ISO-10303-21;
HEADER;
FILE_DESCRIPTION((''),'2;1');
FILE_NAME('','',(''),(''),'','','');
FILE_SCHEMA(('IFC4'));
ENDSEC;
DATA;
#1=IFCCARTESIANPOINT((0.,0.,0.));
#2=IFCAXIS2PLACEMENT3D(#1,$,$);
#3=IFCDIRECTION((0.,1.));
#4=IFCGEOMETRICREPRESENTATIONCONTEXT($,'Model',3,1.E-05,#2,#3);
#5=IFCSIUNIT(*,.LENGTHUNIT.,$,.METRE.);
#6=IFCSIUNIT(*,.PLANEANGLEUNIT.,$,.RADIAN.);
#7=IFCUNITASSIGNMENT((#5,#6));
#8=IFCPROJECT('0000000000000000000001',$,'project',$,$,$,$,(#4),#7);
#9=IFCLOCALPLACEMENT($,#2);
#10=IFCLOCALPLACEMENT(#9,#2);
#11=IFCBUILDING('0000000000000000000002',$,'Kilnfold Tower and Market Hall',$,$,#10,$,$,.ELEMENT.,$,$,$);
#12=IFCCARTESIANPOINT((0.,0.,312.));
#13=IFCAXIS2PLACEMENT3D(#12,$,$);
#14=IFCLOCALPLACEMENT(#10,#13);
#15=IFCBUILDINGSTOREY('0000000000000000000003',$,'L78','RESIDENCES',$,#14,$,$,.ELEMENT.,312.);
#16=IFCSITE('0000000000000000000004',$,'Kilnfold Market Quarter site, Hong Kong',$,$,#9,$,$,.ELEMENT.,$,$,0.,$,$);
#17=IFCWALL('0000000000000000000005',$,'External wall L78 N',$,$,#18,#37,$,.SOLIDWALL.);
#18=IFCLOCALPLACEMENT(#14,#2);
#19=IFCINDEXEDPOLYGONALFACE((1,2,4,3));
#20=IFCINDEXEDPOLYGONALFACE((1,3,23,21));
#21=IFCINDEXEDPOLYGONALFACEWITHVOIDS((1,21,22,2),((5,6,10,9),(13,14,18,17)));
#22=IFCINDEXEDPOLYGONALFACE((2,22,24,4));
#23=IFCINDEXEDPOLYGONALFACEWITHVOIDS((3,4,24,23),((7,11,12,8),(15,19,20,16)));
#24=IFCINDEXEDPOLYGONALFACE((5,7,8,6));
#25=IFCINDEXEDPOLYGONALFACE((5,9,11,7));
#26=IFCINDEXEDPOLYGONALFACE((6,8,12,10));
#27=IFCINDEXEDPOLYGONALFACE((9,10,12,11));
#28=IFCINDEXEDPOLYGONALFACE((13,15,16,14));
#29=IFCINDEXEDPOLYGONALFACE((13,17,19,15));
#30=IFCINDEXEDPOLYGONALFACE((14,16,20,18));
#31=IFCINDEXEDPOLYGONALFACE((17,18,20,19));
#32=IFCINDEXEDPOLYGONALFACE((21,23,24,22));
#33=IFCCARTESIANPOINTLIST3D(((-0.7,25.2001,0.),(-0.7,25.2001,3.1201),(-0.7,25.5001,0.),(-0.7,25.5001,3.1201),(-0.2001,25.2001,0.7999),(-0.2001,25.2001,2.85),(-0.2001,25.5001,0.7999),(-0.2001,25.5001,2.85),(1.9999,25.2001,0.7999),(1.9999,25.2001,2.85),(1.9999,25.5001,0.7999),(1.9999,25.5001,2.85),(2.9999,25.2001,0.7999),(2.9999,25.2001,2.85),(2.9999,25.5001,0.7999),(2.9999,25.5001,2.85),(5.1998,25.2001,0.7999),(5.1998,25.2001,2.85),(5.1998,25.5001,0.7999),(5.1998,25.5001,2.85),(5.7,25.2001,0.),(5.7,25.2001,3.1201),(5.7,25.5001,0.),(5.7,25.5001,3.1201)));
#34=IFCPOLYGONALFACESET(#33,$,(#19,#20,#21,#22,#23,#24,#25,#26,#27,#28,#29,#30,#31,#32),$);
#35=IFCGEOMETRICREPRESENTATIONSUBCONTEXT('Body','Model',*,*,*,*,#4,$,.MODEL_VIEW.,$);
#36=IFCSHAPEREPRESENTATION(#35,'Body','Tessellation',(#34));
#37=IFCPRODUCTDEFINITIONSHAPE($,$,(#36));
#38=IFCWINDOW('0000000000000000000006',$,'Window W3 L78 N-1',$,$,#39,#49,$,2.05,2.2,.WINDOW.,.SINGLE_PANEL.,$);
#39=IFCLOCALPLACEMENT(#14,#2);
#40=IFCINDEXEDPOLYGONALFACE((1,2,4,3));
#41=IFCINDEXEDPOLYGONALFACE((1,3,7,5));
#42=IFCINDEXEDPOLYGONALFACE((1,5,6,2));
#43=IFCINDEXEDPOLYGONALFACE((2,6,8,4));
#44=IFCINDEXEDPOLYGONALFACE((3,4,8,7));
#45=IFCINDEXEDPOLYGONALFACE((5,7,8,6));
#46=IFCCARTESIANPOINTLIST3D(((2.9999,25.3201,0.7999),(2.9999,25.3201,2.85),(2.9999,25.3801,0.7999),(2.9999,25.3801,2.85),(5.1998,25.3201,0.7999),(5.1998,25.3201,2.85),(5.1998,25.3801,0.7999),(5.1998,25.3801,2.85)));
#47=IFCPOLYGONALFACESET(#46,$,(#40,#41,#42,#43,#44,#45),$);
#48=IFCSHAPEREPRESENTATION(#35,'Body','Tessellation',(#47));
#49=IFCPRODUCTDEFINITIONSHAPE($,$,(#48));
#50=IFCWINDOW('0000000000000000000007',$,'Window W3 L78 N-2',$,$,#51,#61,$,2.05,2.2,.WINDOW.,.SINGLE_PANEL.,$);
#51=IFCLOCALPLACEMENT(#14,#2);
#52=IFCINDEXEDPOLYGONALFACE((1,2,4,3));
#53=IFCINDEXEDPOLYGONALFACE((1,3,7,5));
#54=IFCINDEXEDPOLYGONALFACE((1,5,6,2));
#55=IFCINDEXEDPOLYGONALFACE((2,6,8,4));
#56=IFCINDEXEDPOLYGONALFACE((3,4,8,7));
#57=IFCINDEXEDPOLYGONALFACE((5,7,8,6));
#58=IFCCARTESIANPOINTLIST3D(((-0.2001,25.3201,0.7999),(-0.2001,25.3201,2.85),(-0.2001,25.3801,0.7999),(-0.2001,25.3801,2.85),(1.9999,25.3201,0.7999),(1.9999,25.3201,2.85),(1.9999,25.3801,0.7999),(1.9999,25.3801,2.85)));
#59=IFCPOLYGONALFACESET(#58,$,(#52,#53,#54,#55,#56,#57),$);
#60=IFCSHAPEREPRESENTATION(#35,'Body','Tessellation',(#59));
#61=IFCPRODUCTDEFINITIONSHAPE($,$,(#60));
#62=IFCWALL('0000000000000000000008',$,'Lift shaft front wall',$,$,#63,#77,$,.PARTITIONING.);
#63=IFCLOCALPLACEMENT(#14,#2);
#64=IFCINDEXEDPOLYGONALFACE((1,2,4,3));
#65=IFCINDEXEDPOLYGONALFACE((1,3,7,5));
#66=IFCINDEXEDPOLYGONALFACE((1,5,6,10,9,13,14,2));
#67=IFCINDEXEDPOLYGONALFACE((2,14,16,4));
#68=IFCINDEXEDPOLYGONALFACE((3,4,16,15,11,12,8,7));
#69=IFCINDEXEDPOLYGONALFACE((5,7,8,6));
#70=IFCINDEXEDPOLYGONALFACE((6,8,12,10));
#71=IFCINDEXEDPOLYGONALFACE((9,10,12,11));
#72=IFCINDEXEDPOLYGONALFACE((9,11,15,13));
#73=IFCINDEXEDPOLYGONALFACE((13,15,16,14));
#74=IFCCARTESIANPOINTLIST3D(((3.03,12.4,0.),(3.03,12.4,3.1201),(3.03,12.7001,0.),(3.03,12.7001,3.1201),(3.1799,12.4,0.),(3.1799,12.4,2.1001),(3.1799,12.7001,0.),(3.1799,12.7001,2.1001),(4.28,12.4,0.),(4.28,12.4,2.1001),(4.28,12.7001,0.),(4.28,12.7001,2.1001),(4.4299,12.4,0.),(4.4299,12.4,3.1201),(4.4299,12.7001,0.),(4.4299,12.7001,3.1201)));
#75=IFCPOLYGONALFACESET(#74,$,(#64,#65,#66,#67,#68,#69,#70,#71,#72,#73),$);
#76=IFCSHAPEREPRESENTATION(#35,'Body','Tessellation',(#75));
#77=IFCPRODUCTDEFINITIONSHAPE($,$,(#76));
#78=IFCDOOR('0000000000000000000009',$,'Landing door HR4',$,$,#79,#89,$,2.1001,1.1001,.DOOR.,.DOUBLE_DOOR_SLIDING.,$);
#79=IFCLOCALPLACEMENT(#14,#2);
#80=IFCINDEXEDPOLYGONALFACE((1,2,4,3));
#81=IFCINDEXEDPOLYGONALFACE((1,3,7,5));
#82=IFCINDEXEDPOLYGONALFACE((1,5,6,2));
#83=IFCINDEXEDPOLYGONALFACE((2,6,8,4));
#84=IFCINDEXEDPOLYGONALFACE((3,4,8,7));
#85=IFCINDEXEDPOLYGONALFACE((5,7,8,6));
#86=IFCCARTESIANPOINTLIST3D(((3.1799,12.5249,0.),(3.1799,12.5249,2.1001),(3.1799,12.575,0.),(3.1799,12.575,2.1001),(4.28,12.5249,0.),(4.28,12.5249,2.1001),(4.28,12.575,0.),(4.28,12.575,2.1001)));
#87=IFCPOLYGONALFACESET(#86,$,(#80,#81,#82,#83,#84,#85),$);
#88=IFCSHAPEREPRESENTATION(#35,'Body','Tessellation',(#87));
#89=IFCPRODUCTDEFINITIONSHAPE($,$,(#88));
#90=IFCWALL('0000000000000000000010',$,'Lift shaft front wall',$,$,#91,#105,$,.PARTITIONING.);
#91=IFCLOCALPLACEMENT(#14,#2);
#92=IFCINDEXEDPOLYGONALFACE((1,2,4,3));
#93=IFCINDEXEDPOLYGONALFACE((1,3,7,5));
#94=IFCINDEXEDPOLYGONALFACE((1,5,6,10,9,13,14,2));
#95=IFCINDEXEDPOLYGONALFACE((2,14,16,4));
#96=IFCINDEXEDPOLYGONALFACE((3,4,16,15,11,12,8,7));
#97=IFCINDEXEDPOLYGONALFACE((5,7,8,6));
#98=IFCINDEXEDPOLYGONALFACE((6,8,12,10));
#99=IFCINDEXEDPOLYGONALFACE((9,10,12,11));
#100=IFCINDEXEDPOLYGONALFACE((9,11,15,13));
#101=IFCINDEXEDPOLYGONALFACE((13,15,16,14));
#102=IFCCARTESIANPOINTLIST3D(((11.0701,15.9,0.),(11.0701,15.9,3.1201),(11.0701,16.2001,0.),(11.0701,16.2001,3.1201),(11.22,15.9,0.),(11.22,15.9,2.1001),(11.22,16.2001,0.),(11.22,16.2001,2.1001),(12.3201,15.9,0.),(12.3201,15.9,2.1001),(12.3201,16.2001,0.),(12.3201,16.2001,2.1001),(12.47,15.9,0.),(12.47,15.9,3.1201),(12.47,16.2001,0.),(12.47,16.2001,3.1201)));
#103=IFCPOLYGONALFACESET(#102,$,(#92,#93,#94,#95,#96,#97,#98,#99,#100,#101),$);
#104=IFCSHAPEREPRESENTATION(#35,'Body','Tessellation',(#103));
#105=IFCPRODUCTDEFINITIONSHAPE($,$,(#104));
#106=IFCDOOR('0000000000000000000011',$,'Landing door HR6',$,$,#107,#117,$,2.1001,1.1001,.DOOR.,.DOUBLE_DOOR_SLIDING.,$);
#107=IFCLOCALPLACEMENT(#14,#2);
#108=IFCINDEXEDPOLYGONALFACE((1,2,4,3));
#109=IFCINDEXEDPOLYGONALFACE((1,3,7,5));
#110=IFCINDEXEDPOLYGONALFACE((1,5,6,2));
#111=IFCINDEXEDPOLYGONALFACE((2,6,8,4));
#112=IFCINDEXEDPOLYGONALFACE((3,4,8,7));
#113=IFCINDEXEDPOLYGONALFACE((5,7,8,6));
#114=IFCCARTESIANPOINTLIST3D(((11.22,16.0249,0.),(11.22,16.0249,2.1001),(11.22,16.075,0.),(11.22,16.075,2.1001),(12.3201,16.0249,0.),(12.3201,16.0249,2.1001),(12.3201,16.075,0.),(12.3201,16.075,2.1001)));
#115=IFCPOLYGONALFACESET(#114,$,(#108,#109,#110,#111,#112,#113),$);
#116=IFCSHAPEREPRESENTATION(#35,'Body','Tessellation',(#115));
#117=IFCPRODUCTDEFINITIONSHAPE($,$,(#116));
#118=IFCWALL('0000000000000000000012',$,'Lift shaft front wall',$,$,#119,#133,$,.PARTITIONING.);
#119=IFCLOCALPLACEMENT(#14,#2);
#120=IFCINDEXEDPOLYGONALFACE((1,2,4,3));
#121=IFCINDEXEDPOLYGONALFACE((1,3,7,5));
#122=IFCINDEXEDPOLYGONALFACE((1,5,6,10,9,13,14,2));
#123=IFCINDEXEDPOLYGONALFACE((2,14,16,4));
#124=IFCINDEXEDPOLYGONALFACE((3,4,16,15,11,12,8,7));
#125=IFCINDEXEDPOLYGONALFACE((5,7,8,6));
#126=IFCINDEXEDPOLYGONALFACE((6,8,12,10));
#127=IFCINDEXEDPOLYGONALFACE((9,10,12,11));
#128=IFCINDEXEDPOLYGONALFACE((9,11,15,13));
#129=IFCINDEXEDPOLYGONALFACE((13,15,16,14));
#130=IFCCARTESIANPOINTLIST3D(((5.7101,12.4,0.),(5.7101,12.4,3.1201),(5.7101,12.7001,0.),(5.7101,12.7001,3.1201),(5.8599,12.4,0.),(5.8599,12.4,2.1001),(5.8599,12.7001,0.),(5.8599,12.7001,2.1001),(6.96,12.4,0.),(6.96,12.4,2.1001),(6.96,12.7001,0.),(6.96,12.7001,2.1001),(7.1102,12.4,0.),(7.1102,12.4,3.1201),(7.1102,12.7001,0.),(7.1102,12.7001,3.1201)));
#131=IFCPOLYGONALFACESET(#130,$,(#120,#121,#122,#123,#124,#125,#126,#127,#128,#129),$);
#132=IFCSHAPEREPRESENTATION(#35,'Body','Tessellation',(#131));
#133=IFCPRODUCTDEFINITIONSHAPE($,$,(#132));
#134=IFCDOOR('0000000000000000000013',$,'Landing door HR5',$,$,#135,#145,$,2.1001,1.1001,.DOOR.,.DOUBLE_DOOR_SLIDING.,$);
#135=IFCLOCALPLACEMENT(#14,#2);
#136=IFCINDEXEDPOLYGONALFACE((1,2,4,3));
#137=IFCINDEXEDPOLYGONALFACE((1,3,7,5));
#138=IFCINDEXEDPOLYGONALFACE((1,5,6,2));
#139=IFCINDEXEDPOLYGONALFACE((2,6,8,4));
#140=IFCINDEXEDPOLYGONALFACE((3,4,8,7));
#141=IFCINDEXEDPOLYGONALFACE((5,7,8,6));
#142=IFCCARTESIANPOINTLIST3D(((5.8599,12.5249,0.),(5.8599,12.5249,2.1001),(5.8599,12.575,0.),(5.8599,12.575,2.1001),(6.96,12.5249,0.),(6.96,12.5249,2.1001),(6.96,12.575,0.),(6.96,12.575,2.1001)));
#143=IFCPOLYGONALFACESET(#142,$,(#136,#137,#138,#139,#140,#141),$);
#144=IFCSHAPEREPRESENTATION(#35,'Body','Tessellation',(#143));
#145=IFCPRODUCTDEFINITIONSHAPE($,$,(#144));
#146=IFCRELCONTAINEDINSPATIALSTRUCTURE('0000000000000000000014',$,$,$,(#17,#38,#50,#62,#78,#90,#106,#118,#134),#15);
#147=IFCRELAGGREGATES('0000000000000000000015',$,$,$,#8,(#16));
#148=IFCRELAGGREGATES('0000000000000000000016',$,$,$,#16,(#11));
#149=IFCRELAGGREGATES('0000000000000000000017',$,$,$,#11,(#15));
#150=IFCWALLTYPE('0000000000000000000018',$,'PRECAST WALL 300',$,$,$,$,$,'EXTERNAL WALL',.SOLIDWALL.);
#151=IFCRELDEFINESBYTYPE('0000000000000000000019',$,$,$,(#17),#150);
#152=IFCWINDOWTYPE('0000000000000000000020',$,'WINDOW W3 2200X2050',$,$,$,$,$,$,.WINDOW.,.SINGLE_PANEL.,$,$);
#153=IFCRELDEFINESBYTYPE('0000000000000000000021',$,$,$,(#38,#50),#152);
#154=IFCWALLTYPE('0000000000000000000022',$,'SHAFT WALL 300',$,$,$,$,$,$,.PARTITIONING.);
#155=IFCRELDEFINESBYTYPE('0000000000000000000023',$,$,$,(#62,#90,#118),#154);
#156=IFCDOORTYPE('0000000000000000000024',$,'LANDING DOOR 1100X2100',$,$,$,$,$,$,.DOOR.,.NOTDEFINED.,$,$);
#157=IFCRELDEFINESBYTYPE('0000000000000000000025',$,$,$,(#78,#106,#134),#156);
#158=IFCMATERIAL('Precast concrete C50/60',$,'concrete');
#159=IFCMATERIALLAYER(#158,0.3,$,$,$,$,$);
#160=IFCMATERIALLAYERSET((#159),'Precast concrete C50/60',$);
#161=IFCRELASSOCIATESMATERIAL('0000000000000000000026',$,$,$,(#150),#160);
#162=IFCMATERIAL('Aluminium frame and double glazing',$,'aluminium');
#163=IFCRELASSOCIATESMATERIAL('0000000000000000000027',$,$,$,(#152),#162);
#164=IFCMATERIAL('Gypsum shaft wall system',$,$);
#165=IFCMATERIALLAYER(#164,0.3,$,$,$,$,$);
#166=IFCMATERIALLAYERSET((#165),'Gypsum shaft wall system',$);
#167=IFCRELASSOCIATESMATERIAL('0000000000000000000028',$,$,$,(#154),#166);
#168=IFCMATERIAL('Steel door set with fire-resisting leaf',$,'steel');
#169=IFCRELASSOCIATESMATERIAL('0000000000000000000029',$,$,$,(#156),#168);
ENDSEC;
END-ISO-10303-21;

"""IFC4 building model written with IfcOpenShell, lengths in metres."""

from ifc_helpers import new_model, si_unit, direction, frame, frame_2d, origin, place, context, subcontext, project, spatial, rectangle, extrude, source, transform, mapped, material, layer, layer_set, type_object, element, fill, save


model = new_model("IFC4")

# Units and contexts
model_context = context("Model", 3, precision=1e-05, world=origin(), true_north=direction((0.0, 1.0)))
body_context = subcontext(model_context, "Body", "Model", "MODEL_VIEW")
ifc_project = project(units=[si_unit("LENGTHUNIT", "METRE"), si_unit("PLANEANGLEUNIT", "RADIAN")], contexts=[model_context])

# Site, building, storey
site_placement = place(None, origin())
site = spatial("IfcSite", under=ifc_project, at=site_placement, Name="Kilnfold Market Quarter site, Hong Kong", CompositionType="ELEMENT", RefElevation=0.0)
building_placement = place(site_placement, origin())
building = spatial("IfcBuilding", under=site, at=building_placement, Name="Kilnfold Tower and Market Hall", CompositionType="ELEMENT")
storey_placement = place(building_placement, frame((0.0, 0.0, 312.0)))
storey = spatial("IfcBuildingStorey", under=building, at=storey_placement, Name="L78", Description="RESIDENCES", CompositionType="ELEMENT", Elevation=312.0)

# Wall, openings, windows
ifc_material_1 = material(Name="Precast concrete C50/60", Category="concrete")
ifc_layer_1 = layer(ifc_material_1, 0.3)
ifc_layer_set_1 = layer_set([ifc_layer_1], Name="Precast concrete C50/60")
wall_type_1 = type_object("IfcWallType", Name="PRECAST WALL 300", ElementType="EXTERNAL WALL", PredefinedType="SOLIDWALL", material=ifc_layer_set_1)
shared_shape_1 = source(origin(), body_context, "Body", "SweptSolid", [
    extrude(rectangle(XDim=6.3999, YDim=0.3, at=frame_2d((3.2, 0.0))), origin(), (0.0, 0.0, 1.0), 3.1201),
])
ifc_material_2 = material(Name="Aluminium frame and double glazing", Category="aluminium")
window_type = type_object("IfcWindowType", Name="WINDOW W3 2200X2050", PartitioningType="SINGLE_PANEL", PredefinedType="WINDOW", material=ifc_material_2)
wall_1_placement = place(storey_placement, frame((5.7, 25.3501, 0.0), z_axis=(0.0, 0.0, 1.0), x_axis=(-1.0, 0.0, 0.0)))
wall_1 = element("IfcWall", 1, at=wall_1_placement, inside=storey, type_object=wall_type_1, Name="External wall L78 N", PredefinedType="SOLIDWALL", context=body_context, shape_type="MappedRepresentation", body=[
    mapped(shared_shape_1, transform((0.0, 0.0, 0.0))),
])
opening_1_placement = place(wall_1_placement, frame((0.5, 0.0, 0.8)))
opening_1 = element("IfcOpeningElement", 2, at=opening_1_placement, cuts=wall_1, PredefinedType="OPENING", context=body_context, shape_type="SweptSolid", body=[
    extrude(rectangle(XDim=2.2, YDim=2.05, at=frame_2d((1.1001, 1.0249))), frame((0.0, 0.1602, 0.0), z_axis=(0.0, -1.0, 0.0), x_axis=(1.0, 0.0, 0.0)), (0.0, 0.0, 1.0), 0.3201),
])
opening_2_placement = place(wall_1_placement, frame((3.7, 0.0, 0.8)))
opening_2 = element("IfcOpeningElement", 3, at=opening_2_placement, cuts=wall_1, PredefinedType="OPENING", context=body_context, shape_type="SweptSolid", body=[
    extrude(rectangle(XDim=2.2, YDim=2.05, at=frame_2d((1.1001, 1.0249))), frame((0.0, 0.1602, 0.0), z_axis=(0.0, -1.0, 0.0), x_axis=(1.0, 0.0, 0.0)), (0.0, 0.0, 1.0), 0.3201),
])
window_1_placement = place(opening_1_placement, origin())
window_1 = element("IfcWindow", 4, at=window_1_placement, inside=storey, type_object=window_type, Name="Window W3 L78 N-1", OverallHeight=2.05, OverallWidth=2.2, PartitioningType="SINGLE_PANEL", PredefinedType="WINDOW", context=body_context, shape_type="SweptSolid", body=[
    extrude(rectangle(XDim=2.2, YDim=2.05, at=frame_2d((1.1001, 1.0249))), frame((0.0, 0.03, 0.0), z_axis=(0.0, -1.0, 0.0), x_axis=(1.0, 0.0, 0.0)), (0.0, 0.0, 1.0), 0.0601),
])
fill(opening_1, window_1)
window_2_placement = place(opening_2_placement, origin())
window_2 = element("IfcWindow", 5, at=window_2_placement, inside=storey, type_object=window_type, Name="Window W3 L78 N-2", OverallHeight=2.05, OverallWidth=2.2, PartitioningType="SINGLE_PANEL", PredefinedType="WINDOW", context=body_context, shape_type="SweptSolid", body=[
    extrude(rectangle(XDim=2.2, YDim=2.05, at=frame_2d((1.1001, 1.0249))), frame((0.0, 0.03, 0.0), z_axis=(0.0, -1.0, 0.0), x_axis=(1.0, 0.0, 0.0)), (0.0, 0.0, 1.0), 0.0601),
])
fill(opening_2, window_2)

# Walls, openings, doors
ifc_material_3 = material(Name="Gypsum shaft wall system")
ifc_layer_2 = layer(ifc_material_3, 0.3)
ifc_layer_set_2 = layer_set([ifc_layer_2], Name="Gypsum shaft wall system")
wall_type_2 = type_object("IfcWallType", Name="SHAFT WALL 300", PredefinedType="PARTITIONING", material=ifc_layer_set_2)
shared_shape_2 = source(origin(), body_context, "Body", "SweptSolid", [
    extrude(rectangle(XDim=1.3999, YDim=0.3, at=frame_2d((0.7, 0.0))), origin(), (0.0, 0.0, 1.0), 3.1201),
])
wall_2_placement = place(storey_placement, frame((3.03, 12.55, 0.0), z_axis=(0.0, 0.0, 1.0), x_axis=(1.0, 0.0, 0.0)))
wall_2 = element("IfcWall", 6, at=wall_2_placement, inside=storey, type_object=wall_type_2, Name="Lift shaft front wall", PredefinedType="PARTITIONING", context=body_context, shape_type="MappedRepresentation", body=[
    mapped(shared_shape_2, transform((0.0, 0.0, 0.0))),
])
opening_3_placement = place(wall_2_placement, frame((0.1499, 0.0, 0.0)))
opening_3 = element("IfcOpeningElement", 7, at=opening_3_placement, cuts=wall_2, PredefinedType="OPENING", context=body_context, shape_type="SweptSolid", body=[
    extrude(rectangle(XDim=1.1001, YDim=2.1001, at=frame_2d((0.55, 1.05))), frame((0.0, 0.1602, 0.0), z_axis=(0.0, -1.0, 0.0), x_axis=(1.0, 0.0, 0.0)), (0.0, 0.0, 1.0), 0.3201),
])
ifc_material_4 = material(Name="Steel door set with fire-resisting leaf", Category="steel")
door_type_1 = type_object("IfcDoorType", Name="LANDING DOOR 1100X2100", OperationType="NOTDEFINED", PredefinedType="DOOR", material=ifc_material_4)
door_1_placement = place(opening_3_placement, origin())
door_1 = element("IfcDoor", 8, at=door_1_placement, inside=storey, type_object=door_type_1, Name="Landing door HR4", OperationType="DOUBLE_DOOR_SLIDING", OverallHeight=2.1001, OverallWidth=1.1001, PredefinedType="DOOR", context=body_context, shape_type="SweptSolid", body=[
    extrude(rectangle(XDim=1.1001, YDim=2.1001, at=frame_2d((0.55, 1.05))), frame((0.0, 0.0249, 0.0), z_axis=(0.0, -1.0, 0.0), x_axis=(1.0, 0.0, 0.0)), (0.0, 0.0, 1.0), 0.05),
])
fill(opening_3, door_1)
wall_3_placement = place(storey_placement, frame((11.0701, 16.05, 0.0), z_axis=(0.0, 0.0, 1.0), x_axis=(1.0, 0.0, 0.0)))
wall_3 = element("IfcWall", 9, at=wall_3_placement, inside=storey, type_object=wall_type_2, Name="Lift shaft front wall", PredefinedType="PARTITIONING", context=body_context, shape_type="MappedRepresentation", body=[
    mapped(shared_shape_2, transform((0.0, 0.0, 0.0))),
])
opening_4_placement = place(wall_3_placement, frame((0.1499, 0.0, 0.0)))
opening_4 = element("IfcOpeningElement", 10, at=opening_4_placement, cuts=wall_3, PredefinedType="OPENING", context=body_context, shape_type="SweptSolid", body=[
    extrude(rectangle(XDim=1.1001, YDim=2.1001, at=frame_2d((0.55, 1.05))), frame((0.0, 0.1602, 0.0), z_axis=(0.0, -1.0, 0.0), x_axis=(1.0, 0.0, 0.0)), (0.0, 0.0, 1.0), 0.3201),
])
door_2_placement = place(opening_4_placement, origin())
door_2 = element("IfcDoor", 11, at=door_2_placement, inside=storey, type_object=door_type_1, Name="Landing door HR6", OperationType="DOUBLE_DOOR_SLIDING", OverallHeight=2.1001, OverallWidth=1.1001, PredefinedType="DOOR", context=body_context, shape_type="SweptSolid", body=[
    extrude(rectangle(XDim=1.1001, YDim=2.1001, at=frame_2d((0.55, 1.05))), frame((0.0, 0.0249, 0.0), z_axis=(0.0, -1.0, 0.0), x_axis=(1.0, 0.0, 0.0)), (0.0, 0.0, 1.0), 0.05),
])
fill(opening_4, door_2)
shared_shape_3 = source(origin(), body_context, "Body", "SweptSolid", [
    extrude(rectangle(XDim=1.4001, YDim=0.3, at=frame_2d((0.7002, 0.0))), origin(), (0.0, 0.0, 1.0), 3.1201),
])
wall_4_placement = place(storey_placement, frame((5.71, 12.55, 0.0), z_axis=(0.0, 0.0, 1.0), x_axis=(1.0, 0.0, 0.0)))
wall_4 = element("IfcWall", 12, at=wall_4_placement, inside=storey, type_object=wall_type_2, Name="Lift shaft front wall", PredefinedType="PARTITIONING", context=body_context, shape_type="MappedRepresentation", body=[
    mapped(shared_shape_3, transform((0.0, 0.0, 0.0))),
])
opening_5_placement = place(wall_4_placement, frame((0.1499, 0.0, 0.0)))
opening_5 = element("IfcOpeningElement", 13, at=opening_5_placement, cuts=wall_4, PredefinedType="OPENING", context=body_context, shape_type="SweptSolid", body=[
    extrude(rectangle(XDim=1.1001, YDim=2.1001, at=frame_2d((0.55, 1.05))), frame((0.0, 0.1602, 0.0), z_axis=(0.0, -1.0, 0.0), x_axis=(1.0, 0.0, 0.0)), (0.0, 0.0, 1.0), 0.3201),
])
door_3_placement = place(opening_5_placement, origin())
door_3 = element("IfcDoor", 14, at=door_3_placement, inside=storey, type_object=door_type_1, Name="Landing door HR5", OperationType="DOUBLE_DOOR_SLIDING", OverallHeight=2.1001, OverallWidth=1.1001, PredefinedType="DOOR", context=body_context, shape_type="SweptSolid", body=[
    extrude(rectangle(XDim=1.1001, YDim=2.1001, at=frame_2d((0.55, 1.05))), frame((0.0, 0.0249, 0.0), z_axis=(0.0, -1.0, 0.0), x_axis=(1.0, 0.0, 0.0)), (0.0, 0.0, 1.0), 0.05),
])
fill(opening_5, door_3)

save(model, "model.ifc")
